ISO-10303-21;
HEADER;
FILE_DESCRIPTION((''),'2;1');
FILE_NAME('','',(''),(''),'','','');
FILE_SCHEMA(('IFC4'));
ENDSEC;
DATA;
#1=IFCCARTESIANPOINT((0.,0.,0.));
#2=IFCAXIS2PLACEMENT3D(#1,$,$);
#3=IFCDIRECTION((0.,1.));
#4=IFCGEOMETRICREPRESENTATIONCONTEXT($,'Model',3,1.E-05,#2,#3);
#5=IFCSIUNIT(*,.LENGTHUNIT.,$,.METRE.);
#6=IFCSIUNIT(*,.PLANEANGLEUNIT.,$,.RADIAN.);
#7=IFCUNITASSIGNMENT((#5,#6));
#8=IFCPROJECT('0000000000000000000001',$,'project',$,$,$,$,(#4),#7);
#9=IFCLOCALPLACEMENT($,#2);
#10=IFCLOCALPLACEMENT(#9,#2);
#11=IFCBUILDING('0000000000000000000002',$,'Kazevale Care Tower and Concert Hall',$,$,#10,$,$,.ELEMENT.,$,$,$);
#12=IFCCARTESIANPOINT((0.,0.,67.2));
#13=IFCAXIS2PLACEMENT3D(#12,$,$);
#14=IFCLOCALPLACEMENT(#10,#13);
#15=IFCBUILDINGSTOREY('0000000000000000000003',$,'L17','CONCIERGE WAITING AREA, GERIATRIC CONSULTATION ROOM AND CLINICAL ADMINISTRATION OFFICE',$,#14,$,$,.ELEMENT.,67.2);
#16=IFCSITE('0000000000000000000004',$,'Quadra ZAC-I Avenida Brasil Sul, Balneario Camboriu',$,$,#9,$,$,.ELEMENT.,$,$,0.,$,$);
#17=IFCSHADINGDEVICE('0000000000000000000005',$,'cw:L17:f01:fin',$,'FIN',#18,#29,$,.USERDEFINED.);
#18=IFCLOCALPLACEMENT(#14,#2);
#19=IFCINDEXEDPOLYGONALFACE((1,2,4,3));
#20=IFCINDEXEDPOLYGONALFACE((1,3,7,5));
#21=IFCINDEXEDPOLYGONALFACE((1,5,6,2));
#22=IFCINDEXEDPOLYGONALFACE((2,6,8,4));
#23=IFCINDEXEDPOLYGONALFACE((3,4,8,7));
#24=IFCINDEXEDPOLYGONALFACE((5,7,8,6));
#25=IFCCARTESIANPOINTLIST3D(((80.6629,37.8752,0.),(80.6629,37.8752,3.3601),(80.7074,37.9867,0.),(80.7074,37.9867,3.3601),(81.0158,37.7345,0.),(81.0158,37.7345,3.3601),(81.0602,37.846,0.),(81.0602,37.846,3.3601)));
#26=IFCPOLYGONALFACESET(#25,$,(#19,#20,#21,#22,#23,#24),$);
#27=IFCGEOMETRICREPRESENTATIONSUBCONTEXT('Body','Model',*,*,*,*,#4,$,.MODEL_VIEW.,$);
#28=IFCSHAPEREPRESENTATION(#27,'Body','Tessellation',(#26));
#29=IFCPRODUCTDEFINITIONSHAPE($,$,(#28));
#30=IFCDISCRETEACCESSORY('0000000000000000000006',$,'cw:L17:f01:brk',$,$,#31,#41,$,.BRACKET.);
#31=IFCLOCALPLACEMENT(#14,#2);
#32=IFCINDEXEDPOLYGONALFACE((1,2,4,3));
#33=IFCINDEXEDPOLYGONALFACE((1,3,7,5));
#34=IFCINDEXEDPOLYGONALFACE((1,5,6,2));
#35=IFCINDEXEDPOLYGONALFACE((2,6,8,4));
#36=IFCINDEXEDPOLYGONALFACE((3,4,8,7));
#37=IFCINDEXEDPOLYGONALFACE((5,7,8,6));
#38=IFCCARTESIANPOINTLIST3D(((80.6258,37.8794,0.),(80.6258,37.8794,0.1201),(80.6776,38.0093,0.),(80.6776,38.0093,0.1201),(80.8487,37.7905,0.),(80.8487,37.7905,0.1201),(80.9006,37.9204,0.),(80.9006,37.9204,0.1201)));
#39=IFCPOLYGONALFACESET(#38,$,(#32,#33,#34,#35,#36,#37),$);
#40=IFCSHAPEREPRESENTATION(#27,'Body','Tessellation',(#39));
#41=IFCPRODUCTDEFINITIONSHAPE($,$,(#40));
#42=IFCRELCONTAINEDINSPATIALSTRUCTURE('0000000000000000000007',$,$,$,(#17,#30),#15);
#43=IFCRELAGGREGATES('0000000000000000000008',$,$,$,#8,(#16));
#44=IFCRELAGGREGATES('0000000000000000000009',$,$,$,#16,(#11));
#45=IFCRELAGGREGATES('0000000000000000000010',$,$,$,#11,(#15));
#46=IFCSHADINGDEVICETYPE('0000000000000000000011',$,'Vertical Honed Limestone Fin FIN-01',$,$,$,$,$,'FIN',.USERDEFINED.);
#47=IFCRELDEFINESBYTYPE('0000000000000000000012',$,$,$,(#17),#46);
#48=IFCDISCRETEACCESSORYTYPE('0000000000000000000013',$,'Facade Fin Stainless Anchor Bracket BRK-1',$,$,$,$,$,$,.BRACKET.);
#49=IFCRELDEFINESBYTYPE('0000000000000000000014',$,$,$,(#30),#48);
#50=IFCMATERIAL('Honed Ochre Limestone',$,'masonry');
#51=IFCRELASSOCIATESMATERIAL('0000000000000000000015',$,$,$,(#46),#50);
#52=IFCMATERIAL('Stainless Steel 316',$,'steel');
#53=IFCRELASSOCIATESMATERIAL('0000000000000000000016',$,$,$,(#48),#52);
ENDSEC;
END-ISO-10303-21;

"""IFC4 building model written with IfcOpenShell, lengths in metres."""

from ifc_helpers import new_model, si_unit, direction, frame, origin, origin_2d, place, context, subcontext, project, spatial, rectangle, extrude, material, type_object, element, save


model = new_model("IFC4")

# Units and contexts
model_context = context("Model", 3, precision=1e-05, world=origin(), true_north=direction((0.0, 1.0)))
body_context = subcontext(model_context, "Body", "Model", "MODEL_VIEW")
ifc_project = project(units=[si_unit("LENGTHUNIT", "METRE"), si_unit("PLANEANGLEUNIT", "RADIAN")], contexts=[model_context])

# Site, building, storey
site_placement = place(None, origin())
site = spatial("IfcSite", under=ifc_project, at=site_placement, Name="Quadra ZAC-I Avenida Brasil Sul, Balneario Camboriu", CompositionType="ELEMENT", RefElevation=0.0)
building_placement = place(site_placement, origin())
building = spatial("IfcBuilding", under=site, at=building_placement, Name="Kazevale Care Tower and Concert Hall", CompositionType="ELEMENT")
storey_placement = place(building_placement, frame((0.0, 0.0, 67.2)))
storey = spatial("IfcBuildingStorey", under=building, at=storey_placement, Name="L17", Description="CONCIERGE WAITING AREA, GERIATRIC CONSULTATION ROOM AND CLINICAL ADMINISTRATION OFFICE", CompositionType="ELEMENT", Elevation=67.2)

# Shading device
ifc_material_1 = material(Name="Honed Ochre Limestone", Category="masonry")
shading_device_type = type_object("IfcShadingDeviceType", Name="Vertical Honed Limestone Fin FIN-01", ElementType="FIN", PredefinedType="USERDEFINED", material=ifc_material_1)
shading_device_placement = place(storey_placement, frame((80.8616, 37.8606, 0.0), z_axis=(0.0, 0.0, 1.0), x_axis=(0.928874, -0.370395, 0.0)))
element("IfcShadingDevice", 1, at=shading_device_placement, inside=storey, type_object=shading_device_type, Name="cw:L17:f01:fin", ObjectType="FIN", PredefinedType="USERDEFINED", context=body_context, shape_type="SweptSolid", body=[
    extrude(rectangle(XDim=0.3799, YDim=0.1201, at=origin_2d()), origin(), (0.0, 0.0, 1.0), 3.3601),
])

# Discrete accessory
ifc_material_2 = material(Name="Stainless Steel 316", Category="steel")
discrete_accessory_type = type_object("IfcDiscreteAccessoryType", Name="Facade Fin Stainless Anchor Bracket BRK-1", PredefinedType="BRACKET", material=ifc_material_2)
discrete_accessory_placement = place(storey_placement, frame((80.7632, 37.8999, 0.0), z_axis=(0.0, 0.0, 1.0), x_axis=(0.928874, -0.370395, 0.0)))
element("IfcDiscreteAccessory", 2, at=discrete_accessory_placement, inside=storey, type_object=discrete_accessory_type, Name="cw:L17:f01:brk", PredefinedType="BRACKET", context=body_context, shape_type="SweptSolid", body=[
    extrude(rectangle(XDim=0.24, YDim=0.1399, at=origin_2d()), origin(), (0.0, 0.0, 1.0), 0.1201),
])

save(model, "model.ifc")
